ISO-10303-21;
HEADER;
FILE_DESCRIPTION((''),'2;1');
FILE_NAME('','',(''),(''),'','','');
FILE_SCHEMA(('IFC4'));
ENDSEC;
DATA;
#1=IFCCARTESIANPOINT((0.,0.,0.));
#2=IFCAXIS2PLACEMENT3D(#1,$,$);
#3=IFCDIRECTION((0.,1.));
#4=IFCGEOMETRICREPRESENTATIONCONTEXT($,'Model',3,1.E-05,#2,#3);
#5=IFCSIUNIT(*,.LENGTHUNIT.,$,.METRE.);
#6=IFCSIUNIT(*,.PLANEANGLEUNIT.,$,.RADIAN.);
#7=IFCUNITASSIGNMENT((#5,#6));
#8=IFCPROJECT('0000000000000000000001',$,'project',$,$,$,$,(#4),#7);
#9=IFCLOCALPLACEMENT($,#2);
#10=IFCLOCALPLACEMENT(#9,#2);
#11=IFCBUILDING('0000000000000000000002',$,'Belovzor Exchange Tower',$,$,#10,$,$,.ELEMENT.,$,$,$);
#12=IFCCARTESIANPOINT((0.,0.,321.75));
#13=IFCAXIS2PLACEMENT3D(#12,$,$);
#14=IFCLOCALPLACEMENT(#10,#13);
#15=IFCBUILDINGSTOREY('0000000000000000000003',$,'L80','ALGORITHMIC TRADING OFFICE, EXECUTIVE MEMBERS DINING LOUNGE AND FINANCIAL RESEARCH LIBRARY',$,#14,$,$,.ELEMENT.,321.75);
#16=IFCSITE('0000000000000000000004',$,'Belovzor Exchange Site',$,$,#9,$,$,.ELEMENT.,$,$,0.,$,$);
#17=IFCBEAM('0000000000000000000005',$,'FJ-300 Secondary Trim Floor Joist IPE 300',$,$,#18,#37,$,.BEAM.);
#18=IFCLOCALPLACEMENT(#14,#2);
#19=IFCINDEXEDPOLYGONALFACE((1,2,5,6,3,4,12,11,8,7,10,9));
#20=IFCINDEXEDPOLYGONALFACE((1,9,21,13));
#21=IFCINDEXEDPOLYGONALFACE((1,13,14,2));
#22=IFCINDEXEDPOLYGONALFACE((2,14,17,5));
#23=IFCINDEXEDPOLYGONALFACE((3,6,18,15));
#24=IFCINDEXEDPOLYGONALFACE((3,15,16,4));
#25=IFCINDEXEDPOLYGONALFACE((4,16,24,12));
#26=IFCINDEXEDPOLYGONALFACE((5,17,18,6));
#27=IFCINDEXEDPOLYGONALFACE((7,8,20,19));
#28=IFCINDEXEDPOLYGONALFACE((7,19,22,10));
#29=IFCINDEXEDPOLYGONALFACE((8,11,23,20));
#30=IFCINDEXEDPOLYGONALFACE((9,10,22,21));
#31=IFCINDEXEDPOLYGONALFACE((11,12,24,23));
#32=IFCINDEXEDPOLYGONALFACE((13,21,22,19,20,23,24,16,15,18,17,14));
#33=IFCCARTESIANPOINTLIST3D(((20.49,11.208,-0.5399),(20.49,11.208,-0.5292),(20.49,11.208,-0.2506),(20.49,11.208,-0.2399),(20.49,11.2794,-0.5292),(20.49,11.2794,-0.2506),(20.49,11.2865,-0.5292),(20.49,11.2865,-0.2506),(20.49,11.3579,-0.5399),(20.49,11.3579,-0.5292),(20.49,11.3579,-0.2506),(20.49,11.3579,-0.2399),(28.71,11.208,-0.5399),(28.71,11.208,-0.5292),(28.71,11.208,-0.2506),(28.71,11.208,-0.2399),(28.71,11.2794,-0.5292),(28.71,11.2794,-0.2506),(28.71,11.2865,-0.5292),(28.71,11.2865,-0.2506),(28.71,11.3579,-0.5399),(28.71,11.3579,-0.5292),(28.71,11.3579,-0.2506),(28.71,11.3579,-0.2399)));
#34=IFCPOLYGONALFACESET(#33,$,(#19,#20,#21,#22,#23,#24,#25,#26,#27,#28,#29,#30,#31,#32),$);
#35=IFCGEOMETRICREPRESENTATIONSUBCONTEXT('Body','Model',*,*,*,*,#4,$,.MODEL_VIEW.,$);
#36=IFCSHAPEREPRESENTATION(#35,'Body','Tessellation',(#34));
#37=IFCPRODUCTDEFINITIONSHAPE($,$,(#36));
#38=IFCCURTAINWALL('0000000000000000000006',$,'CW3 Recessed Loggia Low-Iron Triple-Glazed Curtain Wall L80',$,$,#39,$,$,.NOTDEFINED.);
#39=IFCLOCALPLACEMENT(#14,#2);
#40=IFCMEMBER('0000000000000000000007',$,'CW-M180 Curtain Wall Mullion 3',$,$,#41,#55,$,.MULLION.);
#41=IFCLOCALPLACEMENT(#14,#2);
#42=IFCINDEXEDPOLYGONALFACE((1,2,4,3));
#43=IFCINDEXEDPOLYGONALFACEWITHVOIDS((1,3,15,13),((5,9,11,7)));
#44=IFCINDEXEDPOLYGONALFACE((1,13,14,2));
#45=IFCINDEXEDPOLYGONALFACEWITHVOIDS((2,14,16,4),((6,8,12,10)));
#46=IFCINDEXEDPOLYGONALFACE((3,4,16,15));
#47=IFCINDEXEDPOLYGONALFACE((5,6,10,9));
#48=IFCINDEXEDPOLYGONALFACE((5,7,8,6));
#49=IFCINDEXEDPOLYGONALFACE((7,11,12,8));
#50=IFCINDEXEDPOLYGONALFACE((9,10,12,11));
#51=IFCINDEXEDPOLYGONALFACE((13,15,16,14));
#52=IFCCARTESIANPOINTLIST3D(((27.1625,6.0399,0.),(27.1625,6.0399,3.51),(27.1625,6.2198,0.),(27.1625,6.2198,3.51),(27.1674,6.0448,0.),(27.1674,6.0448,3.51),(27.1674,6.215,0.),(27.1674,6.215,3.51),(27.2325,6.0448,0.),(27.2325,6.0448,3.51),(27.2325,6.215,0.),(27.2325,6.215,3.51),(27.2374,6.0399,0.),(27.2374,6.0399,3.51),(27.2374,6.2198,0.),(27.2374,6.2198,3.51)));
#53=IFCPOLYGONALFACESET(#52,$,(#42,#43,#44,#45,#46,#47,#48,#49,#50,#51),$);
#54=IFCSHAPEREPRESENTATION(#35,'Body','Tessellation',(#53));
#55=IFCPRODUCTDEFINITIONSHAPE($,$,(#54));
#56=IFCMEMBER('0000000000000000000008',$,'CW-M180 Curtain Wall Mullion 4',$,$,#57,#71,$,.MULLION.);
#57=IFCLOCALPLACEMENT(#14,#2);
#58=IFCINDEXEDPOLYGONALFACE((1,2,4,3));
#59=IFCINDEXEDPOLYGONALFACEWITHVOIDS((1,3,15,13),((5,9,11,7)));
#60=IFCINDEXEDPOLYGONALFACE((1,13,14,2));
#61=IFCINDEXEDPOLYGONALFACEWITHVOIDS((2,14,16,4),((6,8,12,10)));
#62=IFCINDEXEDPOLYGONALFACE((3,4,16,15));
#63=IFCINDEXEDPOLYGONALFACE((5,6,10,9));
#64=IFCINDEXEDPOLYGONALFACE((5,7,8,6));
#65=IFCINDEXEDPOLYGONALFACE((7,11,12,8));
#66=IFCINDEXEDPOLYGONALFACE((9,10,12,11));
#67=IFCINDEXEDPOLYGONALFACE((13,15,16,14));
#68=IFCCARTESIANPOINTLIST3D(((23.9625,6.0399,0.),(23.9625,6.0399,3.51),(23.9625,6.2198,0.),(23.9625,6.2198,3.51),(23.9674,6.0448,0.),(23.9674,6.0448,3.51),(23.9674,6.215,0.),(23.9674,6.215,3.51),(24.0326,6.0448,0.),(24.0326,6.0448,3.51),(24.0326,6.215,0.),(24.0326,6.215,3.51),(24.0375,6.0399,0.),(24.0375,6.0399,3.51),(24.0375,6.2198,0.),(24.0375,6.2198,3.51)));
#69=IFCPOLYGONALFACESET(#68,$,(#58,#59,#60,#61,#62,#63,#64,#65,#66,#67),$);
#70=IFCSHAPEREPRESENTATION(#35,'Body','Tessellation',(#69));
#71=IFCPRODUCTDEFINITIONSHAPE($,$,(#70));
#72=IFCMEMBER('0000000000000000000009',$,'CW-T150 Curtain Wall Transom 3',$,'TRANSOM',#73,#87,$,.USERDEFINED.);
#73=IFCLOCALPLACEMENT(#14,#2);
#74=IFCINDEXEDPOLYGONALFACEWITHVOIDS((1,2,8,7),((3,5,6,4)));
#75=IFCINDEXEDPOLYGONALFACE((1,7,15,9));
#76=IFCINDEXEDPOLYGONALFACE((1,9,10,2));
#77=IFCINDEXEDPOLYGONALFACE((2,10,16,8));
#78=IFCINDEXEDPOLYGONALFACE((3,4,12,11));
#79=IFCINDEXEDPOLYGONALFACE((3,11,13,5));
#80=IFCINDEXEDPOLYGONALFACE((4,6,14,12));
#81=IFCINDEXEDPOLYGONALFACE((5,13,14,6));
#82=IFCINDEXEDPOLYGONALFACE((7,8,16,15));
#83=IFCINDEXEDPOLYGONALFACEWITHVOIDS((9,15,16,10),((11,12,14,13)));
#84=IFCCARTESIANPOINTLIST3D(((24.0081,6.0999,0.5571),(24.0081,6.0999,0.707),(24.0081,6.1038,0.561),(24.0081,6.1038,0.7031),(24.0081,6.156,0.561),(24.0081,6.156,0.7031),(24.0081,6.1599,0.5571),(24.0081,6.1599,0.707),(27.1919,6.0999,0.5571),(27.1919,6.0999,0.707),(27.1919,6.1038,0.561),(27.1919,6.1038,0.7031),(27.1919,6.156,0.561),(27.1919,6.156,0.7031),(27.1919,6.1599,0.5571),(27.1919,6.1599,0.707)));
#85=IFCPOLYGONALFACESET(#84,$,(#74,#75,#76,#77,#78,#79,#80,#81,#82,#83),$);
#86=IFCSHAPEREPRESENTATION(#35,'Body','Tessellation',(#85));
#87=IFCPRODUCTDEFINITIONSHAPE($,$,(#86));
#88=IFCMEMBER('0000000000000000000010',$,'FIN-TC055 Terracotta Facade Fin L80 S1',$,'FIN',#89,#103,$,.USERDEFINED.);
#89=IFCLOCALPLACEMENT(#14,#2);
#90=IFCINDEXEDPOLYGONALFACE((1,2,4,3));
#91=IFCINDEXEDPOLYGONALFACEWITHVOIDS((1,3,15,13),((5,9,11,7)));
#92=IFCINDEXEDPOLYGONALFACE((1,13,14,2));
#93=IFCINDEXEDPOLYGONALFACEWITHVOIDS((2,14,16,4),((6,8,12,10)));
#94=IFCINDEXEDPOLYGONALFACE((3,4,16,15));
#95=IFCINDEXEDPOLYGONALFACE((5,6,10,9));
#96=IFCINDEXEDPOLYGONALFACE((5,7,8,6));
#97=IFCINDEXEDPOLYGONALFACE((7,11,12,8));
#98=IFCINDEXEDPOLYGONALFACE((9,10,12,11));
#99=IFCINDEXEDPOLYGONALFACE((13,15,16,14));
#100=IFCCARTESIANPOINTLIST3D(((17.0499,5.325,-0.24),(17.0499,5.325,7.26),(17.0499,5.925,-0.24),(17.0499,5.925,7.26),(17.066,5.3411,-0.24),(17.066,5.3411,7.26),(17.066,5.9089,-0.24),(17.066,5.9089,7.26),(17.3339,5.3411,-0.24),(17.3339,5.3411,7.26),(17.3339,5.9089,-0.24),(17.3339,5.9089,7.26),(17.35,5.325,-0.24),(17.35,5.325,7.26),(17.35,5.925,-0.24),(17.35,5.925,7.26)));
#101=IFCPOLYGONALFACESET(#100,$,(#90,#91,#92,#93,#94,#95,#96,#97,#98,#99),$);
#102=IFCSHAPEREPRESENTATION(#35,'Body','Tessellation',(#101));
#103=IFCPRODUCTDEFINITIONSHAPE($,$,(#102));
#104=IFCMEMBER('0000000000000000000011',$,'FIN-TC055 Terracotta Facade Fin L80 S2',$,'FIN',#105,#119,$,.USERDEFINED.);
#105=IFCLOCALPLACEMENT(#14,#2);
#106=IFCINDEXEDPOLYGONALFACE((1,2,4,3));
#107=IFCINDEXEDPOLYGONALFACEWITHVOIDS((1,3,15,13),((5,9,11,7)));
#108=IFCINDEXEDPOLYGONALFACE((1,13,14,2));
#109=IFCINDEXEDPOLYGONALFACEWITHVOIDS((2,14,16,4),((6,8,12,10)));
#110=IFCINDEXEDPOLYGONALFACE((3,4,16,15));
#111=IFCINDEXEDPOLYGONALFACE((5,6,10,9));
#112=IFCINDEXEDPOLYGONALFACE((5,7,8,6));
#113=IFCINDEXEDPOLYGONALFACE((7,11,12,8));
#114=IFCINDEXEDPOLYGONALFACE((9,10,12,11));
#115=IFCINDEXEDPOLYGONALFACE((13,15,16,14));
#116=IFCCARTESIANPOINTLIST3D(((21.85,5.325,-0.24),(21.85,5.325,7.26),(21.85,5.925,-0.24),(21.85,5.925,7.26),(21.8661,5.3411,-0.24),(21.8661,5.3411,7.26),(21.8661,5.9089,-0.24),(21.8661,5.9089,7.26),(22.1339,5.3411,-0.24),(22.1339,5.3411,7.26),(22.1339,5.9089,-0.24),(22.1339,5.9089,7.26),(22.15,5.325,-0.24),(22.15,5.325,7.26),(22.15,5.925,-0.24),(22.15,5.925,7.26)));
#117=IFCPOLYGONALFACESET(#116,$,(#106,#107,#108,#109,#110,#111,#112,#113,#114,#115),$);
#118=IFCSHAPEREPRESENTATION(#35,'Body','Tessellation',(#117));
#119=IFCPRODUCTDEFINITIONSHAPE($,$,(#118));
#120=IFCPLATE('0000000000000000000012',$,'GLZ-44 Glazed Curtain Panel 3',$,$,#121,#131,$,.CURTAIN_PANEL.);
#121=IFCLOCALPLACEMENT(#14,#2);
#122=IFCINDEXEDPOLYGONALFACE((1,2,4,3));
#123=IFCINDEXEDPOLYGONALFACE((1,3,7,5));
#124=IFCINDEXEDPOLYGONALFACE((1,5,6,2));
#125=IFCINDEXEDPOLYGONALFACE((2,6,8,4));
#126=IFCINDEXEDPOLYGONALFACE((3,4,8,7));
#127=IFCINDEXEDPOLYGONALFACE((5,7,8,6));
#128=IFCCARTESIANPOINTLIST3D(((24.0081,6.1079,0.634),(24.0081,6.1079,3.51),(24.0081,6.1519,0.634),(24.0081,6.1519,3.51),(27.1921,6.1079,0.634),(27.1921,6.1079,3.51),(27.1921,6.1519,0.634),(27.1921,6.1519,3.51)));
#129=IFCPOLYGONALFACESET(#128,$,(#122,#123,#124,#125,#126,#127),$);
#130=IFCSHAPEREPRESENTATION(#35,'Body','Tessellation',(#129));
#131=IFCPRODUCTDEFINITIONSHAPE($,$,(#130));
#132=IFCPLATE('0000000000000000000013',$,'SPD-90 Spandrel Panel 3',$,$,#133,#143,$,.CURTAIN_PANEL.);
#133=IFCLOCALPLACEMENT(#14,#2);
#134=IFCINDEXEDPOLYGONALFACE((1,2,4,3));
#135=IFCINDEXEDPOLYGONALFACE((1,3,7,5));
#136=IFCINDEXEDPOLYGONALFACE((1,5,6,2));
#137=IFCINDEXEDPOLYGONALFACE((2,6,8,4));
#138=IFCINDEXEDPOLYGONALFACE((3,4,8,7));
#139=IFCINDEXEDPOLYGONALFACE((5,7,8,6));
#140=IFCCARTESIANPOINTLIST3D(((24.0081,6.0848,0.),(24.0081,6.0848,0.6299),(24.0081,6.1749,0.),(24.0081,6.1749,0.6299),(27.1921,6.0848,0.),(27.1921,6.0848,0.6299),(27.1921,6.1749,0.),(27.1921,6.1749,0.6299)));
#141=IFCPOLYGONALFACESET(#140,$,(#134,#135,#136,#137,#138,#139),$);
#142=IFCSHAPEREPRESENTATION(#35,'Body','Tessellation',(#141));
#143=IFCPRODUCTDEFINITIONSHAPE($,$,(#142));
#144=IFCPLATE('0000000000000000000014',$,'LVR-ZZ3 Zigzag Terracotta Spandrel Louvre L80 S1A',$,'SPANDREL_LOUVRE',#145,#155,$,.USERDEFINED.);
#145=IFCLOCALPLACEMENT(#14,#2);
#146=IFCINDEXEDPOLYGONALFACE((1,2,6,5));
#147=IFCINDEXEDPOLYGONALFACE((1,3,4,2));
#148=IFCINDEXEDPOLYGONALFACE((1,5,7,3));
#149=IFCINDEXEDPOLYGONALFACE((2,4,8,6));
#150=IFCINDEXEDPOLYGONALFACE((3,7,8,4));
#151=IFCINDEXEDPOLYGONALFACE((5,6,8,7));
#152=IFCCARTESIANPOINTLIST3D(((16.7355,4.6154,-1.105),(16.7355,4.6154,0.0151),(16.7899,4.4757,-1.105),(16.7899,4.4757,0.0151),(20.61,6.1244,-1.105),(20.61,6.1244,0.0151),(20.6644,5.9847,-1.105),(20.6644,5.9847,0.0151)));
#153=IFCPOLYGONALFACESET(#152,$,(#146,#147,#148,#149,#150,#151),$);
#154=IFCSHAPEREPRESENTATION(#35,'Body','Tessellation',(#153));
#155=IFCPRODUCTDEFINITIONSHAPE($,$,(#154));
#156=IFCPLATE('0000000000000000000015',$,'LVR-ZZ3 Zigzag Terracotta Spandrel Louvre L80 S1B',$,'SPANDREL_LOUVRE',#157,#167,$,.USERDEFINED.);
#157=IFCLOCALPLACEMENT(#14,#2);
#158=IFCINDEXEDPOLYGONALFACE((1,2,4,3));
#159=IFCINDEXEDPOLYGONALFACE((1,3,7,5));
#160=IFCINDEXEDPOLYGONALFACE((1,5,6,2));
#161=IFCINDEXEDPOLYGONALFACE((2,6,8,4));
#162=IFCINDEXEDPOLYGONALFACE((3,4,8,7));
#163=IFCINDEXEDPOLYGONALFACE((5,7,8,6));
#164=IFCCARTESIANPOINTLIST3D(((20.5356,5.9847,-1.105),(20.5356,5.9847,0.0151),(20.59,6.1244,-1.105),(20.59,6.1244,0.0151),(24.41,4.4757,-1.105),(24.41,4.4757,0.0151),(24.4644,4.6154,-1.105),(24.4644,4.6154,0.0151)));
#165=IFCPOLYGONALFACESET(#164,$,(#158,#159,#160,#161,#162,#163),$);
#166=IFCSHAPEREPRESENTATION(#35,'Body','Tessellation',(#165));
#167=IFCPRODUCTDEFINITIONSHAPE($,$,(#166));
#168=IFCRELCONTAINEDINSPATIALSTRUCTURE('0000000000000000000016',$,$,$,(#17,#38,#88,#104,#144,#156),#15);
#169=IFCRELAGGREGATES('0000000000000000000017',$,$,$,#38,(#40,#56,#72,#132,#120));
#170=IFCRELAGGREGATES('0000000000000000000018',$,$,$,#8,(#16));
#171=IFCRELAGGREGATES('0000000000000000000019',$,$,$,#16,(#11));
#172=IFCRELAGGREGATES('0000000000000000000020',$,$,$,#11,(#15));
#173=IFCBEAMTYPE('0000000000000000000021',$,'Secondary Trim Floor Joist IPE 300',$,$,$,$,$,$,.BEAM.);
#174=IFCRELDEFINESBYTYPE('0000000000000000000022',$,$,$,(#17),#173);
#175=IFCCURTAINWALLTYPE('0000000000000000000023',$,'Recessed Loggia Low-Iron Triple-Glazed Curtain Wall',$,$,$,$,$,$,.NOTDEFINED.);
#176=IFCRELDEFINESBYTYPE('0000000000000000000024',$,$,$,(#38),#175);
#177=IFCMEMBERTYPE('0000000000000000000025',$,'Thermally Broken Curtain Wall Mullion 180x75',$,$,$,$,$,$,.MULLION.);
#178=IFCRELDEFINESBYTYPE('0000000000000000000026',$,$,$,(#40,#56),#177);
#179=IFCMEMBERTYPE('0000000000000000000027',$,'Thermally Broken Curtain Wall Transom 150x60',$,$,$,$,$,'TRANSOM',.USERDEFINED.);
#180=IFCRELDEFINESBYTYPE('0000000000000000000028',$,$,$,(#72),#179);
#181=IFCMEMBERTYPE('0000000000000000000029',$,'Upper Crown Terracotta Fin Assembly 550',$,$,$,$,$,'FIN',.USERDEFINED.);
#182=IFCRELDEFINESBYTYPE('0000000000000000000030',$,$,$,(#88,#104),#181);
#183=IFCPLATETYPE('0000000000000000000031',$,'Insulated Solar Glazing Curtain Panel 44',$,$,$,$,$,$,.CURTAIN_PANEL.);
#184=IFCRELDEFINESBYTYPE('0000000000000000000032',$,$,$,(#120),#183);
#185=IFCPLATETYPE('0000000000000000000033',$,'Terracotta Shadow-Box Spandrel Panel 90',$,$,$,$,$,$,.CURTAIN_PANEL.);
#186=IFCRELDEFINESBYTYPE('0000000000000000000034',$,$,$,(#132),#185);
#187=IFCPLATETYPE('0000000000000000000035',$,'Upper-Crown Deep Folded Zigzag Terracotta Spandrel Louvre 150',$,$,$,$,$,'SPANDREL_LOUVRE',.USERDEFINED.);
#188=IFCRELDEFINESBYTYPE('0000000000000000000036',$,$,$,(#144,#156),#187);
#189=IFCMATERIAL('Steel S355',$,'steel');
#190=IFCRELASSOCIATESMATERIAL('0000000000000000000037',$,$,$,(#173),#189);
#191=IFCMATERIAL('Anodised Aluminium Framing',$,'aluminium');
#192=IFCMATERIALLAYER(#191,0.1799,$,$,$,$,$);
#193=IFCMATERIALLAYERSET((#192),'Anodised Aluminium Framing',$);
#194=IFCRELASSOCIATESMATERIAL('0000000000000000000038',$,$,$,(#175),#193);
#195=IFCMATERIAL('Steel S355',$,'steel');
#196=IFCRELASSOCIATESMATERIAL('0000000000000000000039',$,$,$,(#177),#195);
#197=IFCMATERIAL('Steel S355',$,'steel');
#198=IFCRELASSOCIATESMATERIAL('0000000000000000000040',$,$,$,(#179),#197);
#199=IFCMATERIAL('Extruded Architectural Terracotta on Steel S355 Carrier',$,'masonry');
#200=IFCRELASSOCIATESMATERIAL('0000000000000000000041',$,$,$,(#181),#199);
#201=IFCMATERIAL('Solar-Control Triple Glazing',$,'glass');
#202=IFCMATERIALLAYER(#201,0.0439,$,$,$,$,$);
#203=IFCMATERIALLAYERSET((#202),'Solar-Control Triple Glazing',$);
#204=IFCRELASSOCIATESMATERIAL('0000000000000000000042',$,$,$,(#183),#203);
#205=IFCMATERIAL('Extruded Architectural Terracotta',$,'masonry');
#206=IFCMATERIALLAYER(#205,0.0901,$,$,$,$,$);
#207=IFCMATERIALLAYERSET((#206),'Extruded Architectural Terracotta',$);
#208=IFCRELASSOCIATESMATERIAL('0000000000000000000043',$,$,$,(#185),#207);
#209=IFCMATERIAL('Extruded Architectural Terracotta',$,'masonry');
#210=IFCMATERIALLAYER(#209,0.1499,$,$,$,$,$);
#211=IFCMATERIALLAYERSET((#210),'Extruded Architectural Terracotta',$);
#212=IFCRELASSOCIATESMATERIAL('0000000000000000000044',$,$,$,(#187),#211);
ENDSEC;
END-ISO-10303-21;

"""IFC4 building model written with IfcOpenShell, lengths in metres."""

from ifc_helpers import new_model, si_unit, direction, frame, origin, origin_2d, place, context, subcontext, project, spatial, rectangle, hollow_rectangle, i_section, extrude, material, layer, layer_set, material_profile, profile_set, type_object, element, aggregate, save


model = new_model("IFC4")

# Units and contexts
model_context = context("Model", 3, precision=1e-05, world=origin(), true_north=direction((0.0, 1.0)))
body_context = subcontext(model_context, "Body", "Model", "MODEL_VIEW")
ifc_project = project(units=[si_unit("LENGTHUNIT", "METRE"), si_unit("PLANEANGLEUNIT", "RADIAN")], contexts=[model_context])

# Site, building, storey
site_placement = place(None, origin())
site = spatial("IfcSite", under=ifc_project, at=site_placement, Name="Belovzor Exchange Site", CompositionType="ELEMENT", RefElevation=0.0)
building_placement = place(site_placement, origin())
building = spatial("IfcBuilding", under=site, at=building_placement, Name="Belovzor Exchange Tower", CompositionType="ELEMENT")
storey_placement = place(building_placement, frame((0.0, 0.0, 321.75)))
storey = spatial("IfcBuildingStorey", under=building, at=storey_placement, Name="L80", Description="ALGORITHMIC TRADING OFFICE, EXECUTIVE MEMBERS DINING LOUNGE AND FINANCIAL RESEARCH LIBRARY", CompositionType="ELEMENT", Elevation=321.75)

# Beam
ifc_material_1 = material(Name="Steel S355", Category="steel")
ifc_material_profile_1 = material_profile(ifc_material_1, i_section(OverallWidth=0.1499, OverallDepth=0.3, WebThickness=0.0071, FlangeThickness=0.0107, at=origin_2d()))
ifc_profile_set_1 = profile_set([ifc_material_profile_1], Name="Steel S355")
beam_type = type_object("IfcBeamType", Name="Secondary Trim Floor Joist IPE 300", PredefinedType="BEAM", material=ifc_profile_set_1)
beam_placement = place(storey_placement, frame((20.49, 11.283, -0.3899), z_axis=(1.0, 0.0, 0.0), x_axis=(0.0, 1.0, 0.0)))
element("IfcBeam", 1, at=beam_placement, inside=storey, type_object=beam_type, Name="FJ-300 Secondary Trim Floor Joist IPE 300", PredefinedType="BEAM", context=body_context, shape_type="SweptSolid", body=[
    extrude(i_section(OverallWidth=0.1499, OverallDepth=0.3, WebThickness=0.0071, FlangeThickness=0.0107, at=origin_2d()), origin(), (0.0, 0.0, 1.0), 8.22),
])

# Curtain wall, members
ifc_material_2 = material(Name="Anodised Aluminium Framing", Category="aluminium")
ifc_layer_1 = layer(ifc_material_2, 0.1799)
ifc_layer_set_1 = layer_set([ifc_layer_1], Name="Anodised Aluminium Framing")
curtain_wall_type = type_object("IfcCurtainWallType", Name="Recessed Loggia Low-Iron Triple-Glazed Curtain Wall", PredefinedType="NOTDEFINED", material=ifc_layer_set_1)
curtain_wall_placement = place(storey_placement, origin())
curtain_wall = element("IfcCurtainWall", 2, at=curtain_wall_placement, inside=storey, type_object=curtain_wall_type, Name="CW3 Recessed Loggia Low-Iron Triple-Glazed Curtain Wall L80", PredefinedType="NOTDEFINED")
ifc_material_3 = material(Name="Steel S355", Category="steel")
ifc_material_profile_2 = material_profile(ifc_material_3, hollow_rectangle(XDim=0.075, YDim=0.1799, WallThickness=0.0049, at=origin_2d()))
ifc_profile_set_2 = profile_set([ifc_material_profile_2], Name="Steel S355")
member_type_1 = type_object("IfcMemberType", Name="Thermally Broken Curtain Wall Mullion 180x75", PredefinedType="MULLION", material=ifc_profile_set_2)
member_1_placement = place(storey_placement, frame((27.2, 6.1299, 0.0), z_axis=(0.0, 0.0, 1.0), x_axis=(-1.0, 0.0, 0.0)))
member_1 = element("IfcMember", 3, at=member_1_placement, type_object=member_type_1, Name="CW-M180 Curtain Wall Mullion 3", PredefinedType="MULLION", context=body_context, shape_type="SweptSolid", body=[
    extrude(hollow_rectangle(XDim=0.075, YDim=0.1799, WallThickness=0.0049, at=origin_2d()), origin(), (0.0, 0.0, 1.0), 3.51),
])
member_2_placement = place(storey_placement, frame((24.0, 6.1299, 0.0), z_axis=(0.0, 0.0, 1.0), x_axis=(-1.0, 0.0, 0.0)))
member_2 = element("IfcMember", 4, at=member_2_placement, type_object=member_type_1, Name="CW-M180 Curtain Wall Mullion 4", PredefinedType="MULLION", context=body_context, shape_type="SweptSolid", body=[
    extrude(hollow_rectangle(XDim=0.075, YDim=0.1799, WallThickness=0.0049, at=origin_2d()), origin(), (0.0, 0.0, 1.0), 3.51),
])
ifc_material_4 = material(Name="Steel S355", Category="steel")
ifc_material_profile_3 = material_profile(ifc_material_4, hollow_rectangle(XDim=0.0601, YDim=0.1499, WallThickness=0.0039, at=origin_2d()))
ifc_profile_set_3 = profile_set([ifc_material_profile_3], Name="Steel S355")
member_type_2 = type_object("IfcMemberType", Name="Thermally Broken Curtain Wall Transom 150x60", ElementType="TRANSOM", PredefinedType="USERDEFINED", material=ifc_profile_set_3)
member_3_placement = place(storey_placement, frame((27.1919, 6.1299, 0.6321), z_axis=(-1.0, 0.0, 0.0), x_axis=(0.0, -1.0, 0.0)))
member_3 = element("IfcMember", 5, at=member_3_placement, type_object=member_type_2, Name="CW-T150 Curtain Wall Transom 3", ObjectType="TRANSOM", PredefinedType="USERDEFINED", context=body_context, shape_type="SweptSolid", body=[
    extrude(hollow_rectangle(XDim=0.0601, YDim=0.1499, WallThickness=0.0039, at=origin_2d()), origin(), (0.0, 0.0, 1.0), 3.1838),
])

# Members
ifc_material_5 = material(Name="Extruded Architectural Terracotta on Steel S355 Carrier", Category="masonry")
ifc_material_profile_4 = material_profile(ifc_material_5, hollow_rectangle(XDim=0.3, YDim=0.6001, WallThickness=0.0161, at=origin_2d()))
ifc_profile_set_4 = profile_set([ifc_material_profile_4], Name="Extruded Architectural Terracotta on Steel S355 Carrier")
member_type_3 = type_object("IfcMemberType", Name="Upper Crown Terracotta Fin Assembly 550", ElementType="FIN", PredefinedType="USERDEFINED", material=ifc_profile_set_4)
for number, where, z_axis, x_axis, name in (
    (6, (17.2, 5.625, -0.24), (0.0, 0.0, 1.0), (1.0, 0.0, 0.0), "FIN-TC055 Terracotta Facade Fin L80 S1"),
    (7, (22.0, 5.625, -0.24), (0.0, 0.0, 1.0), (1.0, 0.0, 0.0), "FIN-TC055 Terracotta Facade Fin L80 S2"),
):
    element("IfcMember", number, at=place(storey_placement, frame(where, z_axis=z_axis, x_axis=x_axis)), inside=storey, type_object=member_type_3, Name=name, ObjectType="FIN", PredefinedType="USERDEFINED", context=body_context, shape_type="SweptSolid", body=[
        extrude(hollow_rectangle(XDim=0.3, YDim=0.6001, WallThickness=0.0161, at=origin_2d()), origin(), (0.0, 0.0, 1.0), 7.5),
    ])

# Plates
ifc_material_6 = material(Name="Solar-Control Triple Glazing", Category="glass")
ifc_layer_2 = layer(ifc_material_6, 0.0439)
ifc_layer_set_2 = layer_set([ifc_layer_2], Name="Solar-Control Triple Glazing")
plate_type_1 = type_object("IfcPlateType", Name="Insulated Solar Glazing Curtain Panel 44", PredefinedType="CURTAIN_PANEL", material=ifc_layer_set_2)
plate_1_placement = place(storey_placement, frame((25.6001, 6.1299, 0.634), z_axis=(0.0, 0.0, 1.0), x_axis=(-1.0, 0.0, 0.0)))
plate_1 = element("IfcPlate", 8, at=plate_1_placement, type_object=plate_type_1, Name="GLZ-44 Glazed Curtain Panel 3", PredefinedType="CURTAIN_PANEL", context=body_context, shape_type="SweptSolid", body=[
    extrude(rectangle(XDim=3.1841, YDim=0.0439, at=origin_2d()), origin(), (0.0, 0.0, 1.0), 2.876),
])
ifc_material_7 = material(Name="Extruded Architectural Terracotta", Category="masonry")
ifc_layer_3 = layer(ifc_material_7, 0.0901)
ifc_layer_set_3 = layer_set([ifc_layer_3], Name="Extruded Architectural Terracotta")
plate_type_2 = type_object("IfcPlateType", Name="Terracotta Shadow-Box Spandrel Panel 90", PredefinedType="CURTAIN_PANEL", material=ifc_layer_set_3)
plate_2_placement = place(storey_placement, frame((25.6001, 6.1299, 0.0), z_axis=(0.0, 0.0, 1.0), x_axis=(-1.0, 0.0, 0.0)))
plate_2 = element("IfcPlate", 9, at=plate_2_placement, type_object=plate_type_2, Name="SPD-90 Spandrel Panel 3", PredefinedType="CURTAIN_PANEL", context=body_context, shape_type="SweptSolid", body=[
    extrude(rectangle(XDim=3.1841, YDim=0.0901, at=origin_2d()), origin(), (0.0, 0.0, 1.0), 0.6299),
])
aggregate(curtain_wall, [member_1, member_2, member_3, plate_2, plate_1])

# Plates
ifc_material_8 = material(Name="Extruded Architectural Terracotta", Category="masonry")
ifc_layer_4 = layer(ifc_material_8, 0.1499)
ifc_layer_set_4 = layer_set([ifc_layer_4], Name="Extruded Architectural Terracotta")
plate_type_3 = type_object("IfcPlateType", Name="Upper-Crown Deep Folded Zigzag Terracotta Spandrel Louvre 150", ElementType="SPANDREL_LOUVRE", PredefinedType="USERDEFINED", material=ifc_layer_set_4)
for number, where, z_axis, x_axis, name in (
    (10, (18.7, 5.3, -1.105), (0.0, 0.0, 1.0), (0.931818, 0.362926, 0.0), "LVR-ZZ3 Zigzag Terracotta Spandrel Louvre L80 S1A"),
    (11, (22.5, 5.3, -1.105), (0.0, 0.0, 1.0), (0.931818, -0.362926, 0.0), "LVR-ZZ3 Zigzag Terracotta Spandrel Louvre L80 S1B"),
):
    element("IfcPlate", number, at=place(storey_placement, frame(where, z_axis=z_axis, x_axis=x_axis)), inside=storey, type_object=plate_type_3, Name=name, ObjectType="SPANDREL_LOUVRE", PredefinedType="USERDEFINED", context=body_context, shape_type="SweptSolid", body=[
        extrude(rectangle(XDim=4.158, YDim=0.1499, at=origin_2d()), origin(), (0.0, 0.0, 1.0), 1.1201),
    ])

save(model, "model.ifc")
